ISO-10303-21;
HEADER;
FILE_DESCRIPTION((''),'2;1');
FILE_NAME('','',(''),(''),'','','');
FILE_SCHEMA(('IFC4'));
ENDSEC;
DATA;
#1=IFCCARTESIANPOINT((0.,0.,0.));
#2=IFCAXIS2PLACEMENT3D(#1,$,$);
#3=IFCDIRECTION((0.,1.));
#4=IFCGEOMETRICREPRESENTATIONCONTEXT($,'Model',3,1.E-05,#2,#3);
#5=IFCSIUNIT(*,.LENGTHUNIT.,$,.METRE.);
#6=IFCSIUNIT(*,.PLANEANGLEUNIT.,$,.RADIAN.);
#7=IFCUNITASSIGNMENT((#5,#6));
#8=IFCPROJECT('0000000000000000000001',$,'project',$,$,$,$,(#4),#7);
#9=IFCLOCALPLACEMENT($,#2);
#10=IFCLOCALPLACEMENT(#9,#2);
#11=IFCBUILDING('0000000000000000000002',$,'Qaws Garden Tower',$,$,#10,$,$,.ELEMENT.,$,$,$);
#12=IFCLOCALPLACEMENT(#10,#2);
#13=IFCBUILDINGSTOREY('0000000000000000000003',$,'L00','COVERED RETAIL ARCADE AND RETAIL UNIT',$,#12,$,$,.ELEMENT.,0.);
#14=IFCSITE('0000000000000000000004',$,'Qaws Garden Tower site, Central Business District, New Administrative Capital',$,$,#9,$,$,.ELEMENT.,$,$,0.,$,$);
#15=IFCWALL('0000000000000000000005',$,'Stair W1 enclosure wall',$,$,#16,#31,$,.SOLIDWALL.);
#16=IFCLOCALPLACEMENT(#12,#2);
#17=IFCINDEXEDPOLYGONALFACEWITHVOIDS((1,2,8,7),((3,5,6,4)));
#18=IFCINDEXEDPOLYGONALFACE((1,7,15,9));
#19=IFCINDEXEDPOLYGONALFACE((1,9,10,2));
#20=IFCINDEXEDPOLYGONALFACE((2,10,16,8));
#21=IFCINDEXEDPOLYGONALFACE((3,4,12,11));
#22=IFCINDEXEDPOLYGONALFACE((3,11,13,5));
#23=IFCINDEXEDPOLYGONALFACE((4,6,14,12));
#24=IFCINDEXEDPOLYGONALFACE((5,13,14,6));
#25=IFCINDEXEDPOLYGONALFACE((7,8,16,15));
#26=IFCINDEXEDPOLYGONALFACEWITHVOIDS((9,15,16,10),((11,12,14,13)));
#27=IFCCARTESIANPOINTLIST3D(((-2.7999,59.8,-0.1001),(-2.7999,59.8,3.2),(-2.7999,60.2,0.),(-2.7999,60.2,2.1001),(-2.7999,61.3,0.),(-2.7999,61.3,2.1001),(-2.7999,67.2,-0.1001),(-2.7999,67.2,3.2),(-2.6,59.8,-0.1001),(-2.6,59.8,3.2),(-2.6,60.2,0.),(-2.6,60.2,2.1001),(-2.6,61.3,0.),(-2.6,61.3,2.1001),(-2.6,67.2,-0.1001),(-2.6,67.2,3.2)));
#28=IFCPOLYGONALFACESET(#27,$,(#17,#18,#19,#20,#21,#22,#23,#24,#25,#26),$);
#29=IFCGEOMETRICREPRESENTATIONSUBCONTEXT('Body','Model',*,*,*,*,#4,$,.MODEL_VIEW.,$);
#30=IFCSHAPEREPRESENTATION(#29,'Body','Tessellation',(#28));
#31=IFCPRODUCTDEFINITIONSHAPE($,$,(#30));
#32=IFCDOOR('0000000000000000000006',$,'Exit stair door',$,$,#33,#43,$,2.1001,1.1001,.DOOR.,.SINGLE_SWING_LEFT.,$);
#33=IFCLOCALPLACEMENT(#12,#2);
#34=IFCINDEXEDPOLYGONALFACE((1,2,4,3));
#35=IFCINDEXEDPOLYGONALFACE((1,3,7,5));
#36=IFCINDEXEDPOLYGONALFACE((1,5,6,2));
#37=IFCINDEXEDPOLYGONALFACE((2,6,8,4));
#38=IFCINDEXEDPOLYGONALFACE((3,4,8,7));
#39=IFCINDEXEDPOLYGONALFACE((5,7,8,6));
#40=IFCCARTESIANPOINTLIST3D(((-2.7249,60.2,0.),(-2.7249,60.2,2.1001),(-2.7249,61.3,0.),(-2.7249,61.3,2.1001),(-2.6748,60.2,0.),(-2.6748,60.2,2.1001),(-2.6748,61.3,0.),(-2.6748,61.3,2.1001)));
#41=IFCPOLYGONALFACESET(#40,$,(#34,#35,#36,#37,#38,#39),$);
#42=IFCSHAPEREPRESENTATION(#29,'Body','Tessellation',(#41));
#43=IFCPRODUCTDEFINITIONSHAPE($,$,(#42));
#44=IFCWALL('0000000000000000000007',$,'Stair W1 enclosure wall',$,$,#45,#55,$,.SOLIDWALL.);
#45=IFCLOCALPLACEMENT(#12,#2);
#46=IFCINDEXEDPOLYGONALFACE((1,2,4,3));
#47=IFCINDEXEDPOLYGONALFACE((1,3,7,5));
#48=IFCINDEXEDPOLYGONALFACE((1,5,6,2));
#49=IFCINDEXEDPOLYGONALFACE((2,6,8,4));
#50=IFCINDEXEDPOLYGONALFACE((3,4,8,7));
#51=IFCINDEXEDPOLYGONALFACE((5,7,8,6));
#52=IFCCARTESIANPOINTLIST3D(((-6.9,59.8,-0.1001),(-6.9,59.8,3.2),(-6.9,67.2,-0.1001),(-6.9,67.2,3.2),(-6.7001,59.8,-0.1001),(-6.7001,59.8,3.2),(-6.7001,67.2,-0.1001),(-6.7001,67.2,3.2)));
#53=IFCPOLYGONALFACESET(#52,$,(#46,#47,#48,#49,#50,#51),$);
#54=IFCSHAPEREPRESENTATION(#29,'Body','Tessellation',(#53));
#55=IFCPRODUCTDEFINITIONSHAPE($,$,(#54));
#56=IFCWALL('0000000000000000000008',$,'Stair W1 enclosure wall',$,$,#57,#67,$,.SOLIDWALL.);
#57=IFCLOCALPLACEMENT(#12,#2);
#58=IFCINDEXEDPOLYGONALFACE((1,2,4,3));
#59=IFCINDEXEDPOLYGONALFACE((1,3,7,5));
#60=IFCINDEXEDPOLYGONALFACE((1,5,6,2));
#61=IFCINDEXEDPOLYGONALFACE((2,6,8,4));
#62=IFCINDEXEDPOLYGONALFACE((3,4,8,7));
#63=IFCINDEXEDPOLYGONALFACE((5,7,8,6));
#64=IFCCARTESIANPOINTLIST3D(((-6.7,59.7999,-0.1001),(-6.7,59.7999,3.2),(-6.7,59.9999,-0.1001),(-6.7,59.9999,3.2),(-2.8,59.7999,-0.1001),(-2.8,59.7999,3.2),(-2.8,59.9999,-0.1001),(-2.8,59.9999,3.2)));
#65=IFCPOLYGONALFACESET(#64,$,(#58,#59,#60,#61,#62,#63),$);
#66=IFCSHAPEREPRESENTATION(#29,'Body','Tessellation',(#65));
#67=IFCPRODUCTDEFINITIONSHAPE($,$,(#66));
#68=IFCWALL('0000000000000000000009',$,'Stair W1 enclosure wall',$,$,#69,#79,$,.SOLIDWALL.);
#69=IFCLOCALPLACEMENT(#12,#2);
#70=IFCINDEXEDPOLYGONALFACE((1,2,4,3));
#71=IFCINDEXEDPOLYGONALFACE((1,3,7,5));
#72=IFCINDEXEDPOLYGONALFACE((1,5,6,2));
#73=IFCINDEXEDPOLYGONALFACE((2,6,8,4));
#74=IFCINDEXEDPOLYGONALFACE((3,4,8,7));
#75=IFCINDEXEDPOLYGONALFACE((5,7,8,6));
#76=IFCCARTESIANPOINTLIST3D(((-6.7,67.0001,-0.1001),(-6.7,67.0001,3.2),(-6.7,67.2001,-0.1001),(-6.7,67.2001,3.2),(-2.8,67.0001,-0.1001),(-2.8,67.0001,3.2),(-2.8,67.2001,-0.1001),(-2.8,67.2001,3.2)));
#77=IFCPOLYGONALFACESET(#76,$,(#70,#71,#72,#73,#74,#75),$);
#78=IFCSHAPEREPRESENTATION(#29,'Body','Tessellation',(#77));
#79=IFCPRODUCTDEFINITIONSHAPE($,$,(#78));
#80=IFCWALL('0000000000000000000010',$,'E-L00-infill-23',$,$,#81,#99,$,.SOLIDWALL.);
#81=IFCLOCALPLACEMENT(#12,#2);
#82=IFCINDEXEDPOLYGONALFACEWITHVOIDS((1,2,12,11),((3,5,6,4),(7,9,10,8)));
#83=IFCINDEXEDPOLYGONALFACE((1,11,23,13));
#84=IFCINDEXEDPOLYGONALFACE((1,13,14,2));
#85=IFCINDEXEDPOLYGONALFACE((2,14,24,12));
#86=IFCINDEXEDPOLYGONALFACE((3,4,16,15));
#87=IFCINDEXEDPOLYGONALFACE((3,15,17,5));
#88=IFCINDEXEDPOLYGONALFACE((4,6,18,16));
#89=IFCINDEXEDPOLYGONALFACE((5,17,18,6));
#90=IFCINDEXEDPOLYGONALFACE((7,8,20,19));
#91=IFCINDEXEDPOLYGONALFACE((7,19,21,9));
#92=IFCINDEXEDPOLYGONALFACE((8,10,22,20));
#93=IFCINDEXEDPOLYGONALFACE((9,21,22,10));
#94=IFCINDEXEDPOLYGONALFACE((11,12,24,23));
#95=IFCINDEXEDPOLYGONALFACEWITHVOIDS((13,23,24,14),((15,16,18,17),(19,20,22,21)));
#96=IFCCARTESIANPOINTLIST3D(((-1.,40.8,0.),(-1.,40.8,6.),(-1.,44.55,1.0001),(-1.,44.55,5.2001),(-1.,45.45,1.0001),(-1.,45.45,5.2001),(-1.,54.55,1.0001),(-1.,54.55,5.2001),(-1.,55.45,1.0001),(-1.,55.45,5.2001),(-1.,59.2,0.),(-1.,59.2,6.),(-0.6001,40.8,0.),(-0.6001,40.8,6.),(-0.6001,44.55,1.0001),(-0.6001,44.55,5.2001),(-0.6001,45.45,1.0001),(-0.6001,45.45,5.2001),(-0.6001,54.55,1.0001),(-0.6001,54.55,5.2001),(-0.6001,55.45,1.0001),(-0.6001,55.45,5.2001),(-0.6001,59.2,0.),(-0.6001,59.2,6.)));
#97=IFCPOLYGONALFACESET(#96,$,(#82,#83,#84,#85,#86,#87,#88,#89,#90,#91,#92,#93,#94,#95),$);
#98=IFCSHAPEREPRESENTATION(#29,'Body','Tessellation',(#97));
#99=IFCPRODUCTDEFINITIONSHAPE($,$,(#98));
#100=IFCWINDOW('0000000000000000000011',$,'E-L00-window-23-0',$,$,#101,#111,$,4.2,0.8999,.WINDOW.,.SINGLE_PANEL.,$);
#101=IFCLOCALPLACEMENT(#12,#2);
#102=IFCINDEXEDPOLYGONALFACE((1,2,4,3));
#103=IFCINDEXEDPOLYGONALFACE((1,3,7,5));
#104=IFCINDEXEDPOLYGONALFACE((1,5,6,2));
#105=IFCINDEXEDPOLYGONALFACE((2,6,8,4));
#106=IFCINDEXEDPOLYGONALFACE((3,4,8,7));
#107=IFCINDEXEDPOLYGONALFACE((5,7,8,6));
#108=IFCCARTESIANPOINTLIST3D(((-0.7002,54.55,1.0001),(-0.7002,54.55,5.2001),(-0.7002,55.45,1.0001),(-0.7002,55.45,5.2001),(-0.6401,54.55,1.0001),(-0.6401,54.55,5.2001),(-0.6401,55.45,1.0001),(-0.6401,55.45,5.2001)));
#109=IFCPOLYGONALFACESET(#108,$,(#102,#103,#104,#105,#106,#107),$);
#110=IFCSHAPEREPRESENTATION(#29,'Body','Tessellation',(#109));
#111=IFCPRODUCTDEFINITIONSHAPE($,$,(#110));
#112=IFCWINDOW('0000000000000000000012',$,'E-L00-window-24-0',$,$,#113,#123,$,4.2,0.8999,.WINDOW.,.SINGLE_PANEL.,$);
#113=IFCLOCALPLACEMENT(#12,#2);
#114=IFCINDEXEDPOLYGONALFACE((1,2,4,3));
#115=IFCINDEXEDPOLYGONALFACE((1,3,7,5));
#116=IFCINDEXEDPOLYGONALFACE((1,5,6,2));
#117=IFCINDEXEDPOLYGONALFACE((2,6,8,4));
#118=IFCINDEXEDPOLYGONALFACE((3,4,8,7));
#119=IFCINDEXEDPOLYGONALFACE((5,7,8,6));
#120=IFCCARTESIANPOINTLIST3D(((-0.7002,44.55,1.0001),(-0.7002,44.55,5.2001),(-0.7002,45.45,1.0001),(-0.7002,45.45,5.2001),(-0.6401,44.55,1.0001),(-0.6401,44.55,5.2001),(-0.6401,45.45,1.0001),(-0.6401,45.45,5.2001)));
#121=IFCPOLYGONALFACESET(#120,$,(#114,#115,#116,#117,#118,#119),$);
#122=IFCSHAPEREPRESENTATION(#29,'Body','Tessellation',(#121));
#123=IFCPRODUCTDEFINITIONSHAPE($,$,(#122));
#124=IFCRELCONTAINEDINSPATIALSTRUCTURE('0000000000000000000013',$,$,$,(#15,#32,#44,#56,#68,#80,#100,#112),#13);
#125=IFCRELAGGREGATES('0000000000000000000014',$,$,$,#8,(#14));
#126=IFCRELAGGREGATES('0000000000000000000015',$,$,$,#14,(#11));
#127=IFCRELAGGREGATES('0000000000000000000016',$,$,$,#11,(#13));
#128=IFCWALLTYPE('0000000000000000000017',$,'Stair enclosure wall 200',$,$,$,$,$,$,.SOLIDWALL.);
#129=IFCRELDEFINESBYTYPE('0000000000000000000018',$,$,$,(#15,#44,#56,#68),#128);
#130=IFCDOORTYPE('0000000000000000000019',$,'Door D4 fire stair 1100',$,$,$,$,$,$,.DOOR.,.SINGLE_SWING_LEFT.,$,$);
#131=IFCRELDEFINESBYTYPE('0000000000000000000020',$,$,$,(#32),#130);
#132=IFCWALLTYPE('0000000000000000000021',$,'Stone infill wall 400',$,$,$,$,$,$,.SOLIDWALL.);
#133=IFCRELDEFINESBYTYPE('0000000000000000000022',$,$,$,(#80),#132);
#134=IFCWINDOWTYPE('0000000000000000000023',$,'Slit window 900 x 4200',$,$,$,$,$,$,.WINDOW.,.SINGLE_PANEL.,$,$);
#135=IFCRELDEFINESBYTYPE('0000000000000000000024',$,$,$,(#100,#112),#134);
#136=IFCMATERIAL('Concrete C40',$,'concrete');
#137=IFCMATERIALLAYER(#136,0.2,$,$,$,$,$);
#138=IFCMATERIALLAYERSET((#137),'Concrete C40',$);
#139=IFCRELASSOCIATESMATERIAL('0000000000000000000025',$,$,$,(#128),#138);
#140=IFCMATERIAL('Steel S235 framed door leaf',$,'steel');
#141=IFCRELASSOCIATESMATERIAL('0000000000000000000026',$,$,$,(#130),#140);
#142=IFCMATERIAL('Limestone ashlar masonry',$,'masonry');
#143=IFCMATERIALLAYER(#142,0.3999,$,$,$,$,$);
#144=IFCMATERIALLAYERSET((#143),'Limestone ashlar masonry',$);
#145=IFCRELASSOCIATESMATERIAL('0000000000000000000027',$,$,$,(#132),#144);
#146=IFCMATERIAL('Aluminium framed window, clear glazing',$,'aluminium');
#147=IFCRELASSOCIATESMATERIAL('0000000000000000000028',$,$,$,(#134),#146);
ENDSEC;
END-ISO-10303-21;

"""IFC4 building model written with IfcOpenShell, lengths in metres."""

from ifc_helpers import new_model, si_unit, direction, frame, frame_2d, origin, place, context, subcontext, project, spatial, rectangle, extrude, material, layer, layer_set, type_object, element, fill, save


model = new_model("IFC4")

# Units and contexts
model_context = context("Model", 3, precision=1e-05, world=origin(), true_north=direction((0.0, 1.0)))
body_context = subcontext(model_context, "Body", "Model", "MODEL_VIEW")
ifc_project = project(units=[si_unit("LENGTHUNIT", "METRE"), si_unit("PLANEANGLEUNIT", "RADIAN")], contexts=[model_context])

# Site, building, storey
site_placement = place(None, origin())
site = spatial("IfcSite", under=ifc_project, at=site_placement, Name="Qaws Garden Tower site, Central Business District, New Administrative Capital", CompositionType="ELEMENT", RefElevation=0.0)
building_placement = place(site_placement, origin())
building = spatial("IfcBuilding", under=site, at=building_placement, Name="Qaws Garden Tower", CompositionType="ELEMENT")
storey_placement = place(building_placement, origin())
storey = spatial("IfcBuildingStorey", under=building, at=storey_placement, Name="L00", Description="COVERED RETAIL ARCADE AND RETAIL UNIT", CompositionType="ELEMENT", Elevation=0.0)

# Wall, opening, door
ifc_material_1 = material(Name="Concrete C40", Category="concrete")
ifc_layer_1 = layer(ifc_material_1, 0.2)
ifc_layer_set_1 = layer_set([ifc_layer_1], Name="Concrete C40")
wall_type_1 = type_object("IfcWallType", Name="Stair enclosure wall 200", PredefinedType="SOLIDWALL", material=ifc_layer_set_1)
wall_1_placement = place(storey_placement, frame((-2.7, 59.8, -0.1001), z_axis=(0.0, 0.0, 1.0), x_axis=(0.0, 1.0, 0.0)))
wall_1 = element("IfcWall", 1, at=wall_1_placement, inside=storey, type_object=wall_type_1, Name="Stair W1 enclosure wall", PredefinedType="SOLIDWALL", context=body_context, shape_type="SweptSolid", body=[
    extrude(rectangle(XDim=7.3999, YDim=0.2, at=frame_2d((3.7, 0.0))), origin(), (0.0, 0.0, 1.0), 3.3),
])
opening_1_placement = place(wall_1_placement, frame((0.3999, 0.0, 0.1001)))
opening_1 = element("IfcOpeningElement", 2, at=opening_1_placement, cuts=wall_1, PredefinedType="OPENING", context=body_context, shape_type="SweptSolid", body=[
    extrude(rectangle(XDim=1.1001, YDim=2.1001, at=frame_2d((0.55, 1.05))), frame((0.0, 0.1099, 0.0), z_axis=(0.0, -1.0, 0.0), x_axis=(1.0, 0.0, 0.0)), (0.0, 0.0, 1.0), 0.22),
])
ifc_material_2 = material(Name="Steel S235 framed door leaf", Category="steel")
door_type_1 = type_object("IfcDoorType", Name="Door D4 fire stair 1100", OperationType="SINGLE_SWING_LEFT", PredefinedType="DOOR", material=ifc_material_2)
door_1_placement = place(opening_1_placement, origin())
door_1 = element("IfcDoor", 3, at=door_1_placement, inside=storey, type_object=door_type_1, Name="Exit stair door", OperationType="SINGLE_SWING_LEFT", OverallHeight=2.1001, OverallWidth=1.1001, PredefinedType="DOOR", context=body_context, shape_type="SweptSolid", body=[
    extrude(rectangle(XDim=1.1001, YDim=2.1001, at=frame_2d((0.55, 1.05))), frame((0.0, 0.0249, 0.0), z_axis=(0.0, -1.0, 0.0), x_axis=(1.0, 0.0, 0.0)), (0.0, 0.0, 1.0), 0.05),
])
fill(opening_1, door_1)

# Walls
wall_2_placement = place(storey_placement, frame((-6.8, 59.8, -0.1001), z_axis=(0.0, 0.0, 1.0), x_axis=(0.0, 1.0, 0.0)))
element("IfcWall", 4, at=wall_2_placement, inside=storey, type_object=wall_type_1, Name="Stair W1 enclosure wall", PredefinedType="SOLIDWALL", context=body_context, shape_type="SweptSolid", body=[
    extrude(rectangle(XDim=7.3999, YDim=0.2, at=frame_2d((3.7, 0.0))), origin(), (0.0, 0.0, 1.0), 3.3),
])
for number, where, z_axis, x_axis, name in (
    (5, (-2.8, 59.8999, -0.1001), (0.0, 0.0, 1.0), (-1.0, 0.0, 0.0), "Stair W1 enclosure wall"),
    (6, (-2.8, 67.1001, -0.1001), (0.0, 0.0, 1.0), (-1.0, 0.0, 0.0), "Stair W1 enclosure wall"),
):
    element("IfcWall", number, at=place(storey_placement, frame(where, z_axis=z_axis, x_axis=x_axis)), inside=storey, type_object=wall_type_1, Name=name, PredefinedType="SOLIDWALL", context=body_context, shape_type="SweptSolid", body=[
        extrude(rectangle(XDim=3.8999, YDim=0.2, at=frame_2d((1.95, 0.0))), origin(), (0.0, 0.0, 1.0), 3.3),
    ])

# Shared definitions
ifc_material_3 = material(Name="Limestone ashlar masonry", Category="masonry")
ifc_layer_2 = layer(ifc_material_3, 0.3999)
ifc_layer_set_2 = layer_set([ifc_layer_2], Name="Limestone ashlar masonry")
wall_type_2 = type_object("IfcWallType", Name="Stone infill wall 400", PredefinedType="SOLIDWALL", material=ifc_layer_set_2)

# Wall, openings, windows
wall_3_placement = place(storey_placement, frame((-0.8, 59.2, 0.0), z_axis=(0.0, 0.0, 1.0), x_axis=(0.0, -1.0, 0.0)))
wall_3 = element("IfcWall", 7, at=wall_3_placement, inside=storey, type_object=wall_type_2, Name="E-L00-infill-23", PredefinedType="SOLIDWALL", context=body_context, shape_type="SweptSolid", body=[
    extrude(rectangle(XDim=18.3999, YDim=0.3999, at=frame_2d((9.2, 0.0))), origin(), (0.0, 0.0, 1.0), 6.0),
])
opening_2_placement = place(wall_3_placement, frame((3.75, 0.0, 1.0)))
opening_2 = element("IfcOpeningElement", 8, at=opening_2_placement, cuts=wall_3, PredefinedType="OPENING", context=body_context, shape_type="SweptSolid", body=[
    extrude(rectangle(XDim=0.8999, YDim=4.2, at=frame_2d((0.45, 2.1001))), frame((0.0, 0.21, 0.0), z_axis=(0.0, -1.0, 0.0), x_axis=(1.0, 0.0, 0.0)), (0.0, 0.0, 1.0), 0.4199),
])
opening_3_placement = place(wall_3_placement, frame((13.75, 0.0, 1.0)))
opening_3 = element("IfcOpeningElement", 9, at=opening_3_placement, cuts=wall_3, PredefinedType="OPENING", context=body_context, shape_type="SweptSolid", body=[
    extrude(rectangle(XDim=0.8999, YDim=4.2, at=frame_2d((0.45, 2.1001))), frame((0.0, 0.21, 0.0), z_axis=(0.0, -1.0, 0.0), x_axis=(1.0, 0.0, 0.0)), (0.0, 0.0, 1.0), 0.4199),
])
ifc_material_4 = material(Name="Aluminium framed window, clear glazing", Category="aluminium")
window_type = type_object("IfcWindowType", Name="Slit window 900 x 4200", PartitioningType="SINGLE_PANEL", PredefinedType="WINDOW", material=ifc_material_4)
window_1_placement = place(opening_2_placement, origin())
window_1 = element("IfcWindow", 10, at=window_1_placement, inside=storey, type_object=window_type, Name="E-L00-window-23-0", OverallHeight=4.2, OverallWidth=0.8999, PartitioningType="SINGLE_PANEL", PredefinedType="WINDOW", context=body_context, shape_type="SweptSolid", body=[
    extrude(rectangle(XDim=0.8999, YDim=4.2, at=frame_2d((0.45, 2.1001))), frame((0.0, 0.1599, 0.0), z_axis=(0.0, -1.0, 0.0), x_axis=(1.0, 0.0, 0.0)), (0.0, 0.0, 1.0), 0.0601),
])
fill(opening_2, window_1)
window_2_placement = place(opening_3_placement, origin())
window_2 = element("IfcWindow", 11, at=window_2_placement, inside=storey, type_object=window_type, Name="E-L00-window-24-0", OverallHeight=4.2, OverallWidth=0.8999, PartitioningType="SINGLE_PANEL", PredefinedType="WINDOW", context=body_context, shape_type="SweptSolid", body=[
    extrude(rectangle(XDim=0.8999, YDim=4.2, at=frame_2d((0.45, 2.1001))), frame((0.0, 0.1599, 0.0), z_axis=(0.0, -1.0, 0.0), x_axis=(1.0, 0.0, 0.0)), (0.0, 0.0, 1.0), 0.0601),
])
fill(opening_3, window_2)

save(model, "model.ifc")
